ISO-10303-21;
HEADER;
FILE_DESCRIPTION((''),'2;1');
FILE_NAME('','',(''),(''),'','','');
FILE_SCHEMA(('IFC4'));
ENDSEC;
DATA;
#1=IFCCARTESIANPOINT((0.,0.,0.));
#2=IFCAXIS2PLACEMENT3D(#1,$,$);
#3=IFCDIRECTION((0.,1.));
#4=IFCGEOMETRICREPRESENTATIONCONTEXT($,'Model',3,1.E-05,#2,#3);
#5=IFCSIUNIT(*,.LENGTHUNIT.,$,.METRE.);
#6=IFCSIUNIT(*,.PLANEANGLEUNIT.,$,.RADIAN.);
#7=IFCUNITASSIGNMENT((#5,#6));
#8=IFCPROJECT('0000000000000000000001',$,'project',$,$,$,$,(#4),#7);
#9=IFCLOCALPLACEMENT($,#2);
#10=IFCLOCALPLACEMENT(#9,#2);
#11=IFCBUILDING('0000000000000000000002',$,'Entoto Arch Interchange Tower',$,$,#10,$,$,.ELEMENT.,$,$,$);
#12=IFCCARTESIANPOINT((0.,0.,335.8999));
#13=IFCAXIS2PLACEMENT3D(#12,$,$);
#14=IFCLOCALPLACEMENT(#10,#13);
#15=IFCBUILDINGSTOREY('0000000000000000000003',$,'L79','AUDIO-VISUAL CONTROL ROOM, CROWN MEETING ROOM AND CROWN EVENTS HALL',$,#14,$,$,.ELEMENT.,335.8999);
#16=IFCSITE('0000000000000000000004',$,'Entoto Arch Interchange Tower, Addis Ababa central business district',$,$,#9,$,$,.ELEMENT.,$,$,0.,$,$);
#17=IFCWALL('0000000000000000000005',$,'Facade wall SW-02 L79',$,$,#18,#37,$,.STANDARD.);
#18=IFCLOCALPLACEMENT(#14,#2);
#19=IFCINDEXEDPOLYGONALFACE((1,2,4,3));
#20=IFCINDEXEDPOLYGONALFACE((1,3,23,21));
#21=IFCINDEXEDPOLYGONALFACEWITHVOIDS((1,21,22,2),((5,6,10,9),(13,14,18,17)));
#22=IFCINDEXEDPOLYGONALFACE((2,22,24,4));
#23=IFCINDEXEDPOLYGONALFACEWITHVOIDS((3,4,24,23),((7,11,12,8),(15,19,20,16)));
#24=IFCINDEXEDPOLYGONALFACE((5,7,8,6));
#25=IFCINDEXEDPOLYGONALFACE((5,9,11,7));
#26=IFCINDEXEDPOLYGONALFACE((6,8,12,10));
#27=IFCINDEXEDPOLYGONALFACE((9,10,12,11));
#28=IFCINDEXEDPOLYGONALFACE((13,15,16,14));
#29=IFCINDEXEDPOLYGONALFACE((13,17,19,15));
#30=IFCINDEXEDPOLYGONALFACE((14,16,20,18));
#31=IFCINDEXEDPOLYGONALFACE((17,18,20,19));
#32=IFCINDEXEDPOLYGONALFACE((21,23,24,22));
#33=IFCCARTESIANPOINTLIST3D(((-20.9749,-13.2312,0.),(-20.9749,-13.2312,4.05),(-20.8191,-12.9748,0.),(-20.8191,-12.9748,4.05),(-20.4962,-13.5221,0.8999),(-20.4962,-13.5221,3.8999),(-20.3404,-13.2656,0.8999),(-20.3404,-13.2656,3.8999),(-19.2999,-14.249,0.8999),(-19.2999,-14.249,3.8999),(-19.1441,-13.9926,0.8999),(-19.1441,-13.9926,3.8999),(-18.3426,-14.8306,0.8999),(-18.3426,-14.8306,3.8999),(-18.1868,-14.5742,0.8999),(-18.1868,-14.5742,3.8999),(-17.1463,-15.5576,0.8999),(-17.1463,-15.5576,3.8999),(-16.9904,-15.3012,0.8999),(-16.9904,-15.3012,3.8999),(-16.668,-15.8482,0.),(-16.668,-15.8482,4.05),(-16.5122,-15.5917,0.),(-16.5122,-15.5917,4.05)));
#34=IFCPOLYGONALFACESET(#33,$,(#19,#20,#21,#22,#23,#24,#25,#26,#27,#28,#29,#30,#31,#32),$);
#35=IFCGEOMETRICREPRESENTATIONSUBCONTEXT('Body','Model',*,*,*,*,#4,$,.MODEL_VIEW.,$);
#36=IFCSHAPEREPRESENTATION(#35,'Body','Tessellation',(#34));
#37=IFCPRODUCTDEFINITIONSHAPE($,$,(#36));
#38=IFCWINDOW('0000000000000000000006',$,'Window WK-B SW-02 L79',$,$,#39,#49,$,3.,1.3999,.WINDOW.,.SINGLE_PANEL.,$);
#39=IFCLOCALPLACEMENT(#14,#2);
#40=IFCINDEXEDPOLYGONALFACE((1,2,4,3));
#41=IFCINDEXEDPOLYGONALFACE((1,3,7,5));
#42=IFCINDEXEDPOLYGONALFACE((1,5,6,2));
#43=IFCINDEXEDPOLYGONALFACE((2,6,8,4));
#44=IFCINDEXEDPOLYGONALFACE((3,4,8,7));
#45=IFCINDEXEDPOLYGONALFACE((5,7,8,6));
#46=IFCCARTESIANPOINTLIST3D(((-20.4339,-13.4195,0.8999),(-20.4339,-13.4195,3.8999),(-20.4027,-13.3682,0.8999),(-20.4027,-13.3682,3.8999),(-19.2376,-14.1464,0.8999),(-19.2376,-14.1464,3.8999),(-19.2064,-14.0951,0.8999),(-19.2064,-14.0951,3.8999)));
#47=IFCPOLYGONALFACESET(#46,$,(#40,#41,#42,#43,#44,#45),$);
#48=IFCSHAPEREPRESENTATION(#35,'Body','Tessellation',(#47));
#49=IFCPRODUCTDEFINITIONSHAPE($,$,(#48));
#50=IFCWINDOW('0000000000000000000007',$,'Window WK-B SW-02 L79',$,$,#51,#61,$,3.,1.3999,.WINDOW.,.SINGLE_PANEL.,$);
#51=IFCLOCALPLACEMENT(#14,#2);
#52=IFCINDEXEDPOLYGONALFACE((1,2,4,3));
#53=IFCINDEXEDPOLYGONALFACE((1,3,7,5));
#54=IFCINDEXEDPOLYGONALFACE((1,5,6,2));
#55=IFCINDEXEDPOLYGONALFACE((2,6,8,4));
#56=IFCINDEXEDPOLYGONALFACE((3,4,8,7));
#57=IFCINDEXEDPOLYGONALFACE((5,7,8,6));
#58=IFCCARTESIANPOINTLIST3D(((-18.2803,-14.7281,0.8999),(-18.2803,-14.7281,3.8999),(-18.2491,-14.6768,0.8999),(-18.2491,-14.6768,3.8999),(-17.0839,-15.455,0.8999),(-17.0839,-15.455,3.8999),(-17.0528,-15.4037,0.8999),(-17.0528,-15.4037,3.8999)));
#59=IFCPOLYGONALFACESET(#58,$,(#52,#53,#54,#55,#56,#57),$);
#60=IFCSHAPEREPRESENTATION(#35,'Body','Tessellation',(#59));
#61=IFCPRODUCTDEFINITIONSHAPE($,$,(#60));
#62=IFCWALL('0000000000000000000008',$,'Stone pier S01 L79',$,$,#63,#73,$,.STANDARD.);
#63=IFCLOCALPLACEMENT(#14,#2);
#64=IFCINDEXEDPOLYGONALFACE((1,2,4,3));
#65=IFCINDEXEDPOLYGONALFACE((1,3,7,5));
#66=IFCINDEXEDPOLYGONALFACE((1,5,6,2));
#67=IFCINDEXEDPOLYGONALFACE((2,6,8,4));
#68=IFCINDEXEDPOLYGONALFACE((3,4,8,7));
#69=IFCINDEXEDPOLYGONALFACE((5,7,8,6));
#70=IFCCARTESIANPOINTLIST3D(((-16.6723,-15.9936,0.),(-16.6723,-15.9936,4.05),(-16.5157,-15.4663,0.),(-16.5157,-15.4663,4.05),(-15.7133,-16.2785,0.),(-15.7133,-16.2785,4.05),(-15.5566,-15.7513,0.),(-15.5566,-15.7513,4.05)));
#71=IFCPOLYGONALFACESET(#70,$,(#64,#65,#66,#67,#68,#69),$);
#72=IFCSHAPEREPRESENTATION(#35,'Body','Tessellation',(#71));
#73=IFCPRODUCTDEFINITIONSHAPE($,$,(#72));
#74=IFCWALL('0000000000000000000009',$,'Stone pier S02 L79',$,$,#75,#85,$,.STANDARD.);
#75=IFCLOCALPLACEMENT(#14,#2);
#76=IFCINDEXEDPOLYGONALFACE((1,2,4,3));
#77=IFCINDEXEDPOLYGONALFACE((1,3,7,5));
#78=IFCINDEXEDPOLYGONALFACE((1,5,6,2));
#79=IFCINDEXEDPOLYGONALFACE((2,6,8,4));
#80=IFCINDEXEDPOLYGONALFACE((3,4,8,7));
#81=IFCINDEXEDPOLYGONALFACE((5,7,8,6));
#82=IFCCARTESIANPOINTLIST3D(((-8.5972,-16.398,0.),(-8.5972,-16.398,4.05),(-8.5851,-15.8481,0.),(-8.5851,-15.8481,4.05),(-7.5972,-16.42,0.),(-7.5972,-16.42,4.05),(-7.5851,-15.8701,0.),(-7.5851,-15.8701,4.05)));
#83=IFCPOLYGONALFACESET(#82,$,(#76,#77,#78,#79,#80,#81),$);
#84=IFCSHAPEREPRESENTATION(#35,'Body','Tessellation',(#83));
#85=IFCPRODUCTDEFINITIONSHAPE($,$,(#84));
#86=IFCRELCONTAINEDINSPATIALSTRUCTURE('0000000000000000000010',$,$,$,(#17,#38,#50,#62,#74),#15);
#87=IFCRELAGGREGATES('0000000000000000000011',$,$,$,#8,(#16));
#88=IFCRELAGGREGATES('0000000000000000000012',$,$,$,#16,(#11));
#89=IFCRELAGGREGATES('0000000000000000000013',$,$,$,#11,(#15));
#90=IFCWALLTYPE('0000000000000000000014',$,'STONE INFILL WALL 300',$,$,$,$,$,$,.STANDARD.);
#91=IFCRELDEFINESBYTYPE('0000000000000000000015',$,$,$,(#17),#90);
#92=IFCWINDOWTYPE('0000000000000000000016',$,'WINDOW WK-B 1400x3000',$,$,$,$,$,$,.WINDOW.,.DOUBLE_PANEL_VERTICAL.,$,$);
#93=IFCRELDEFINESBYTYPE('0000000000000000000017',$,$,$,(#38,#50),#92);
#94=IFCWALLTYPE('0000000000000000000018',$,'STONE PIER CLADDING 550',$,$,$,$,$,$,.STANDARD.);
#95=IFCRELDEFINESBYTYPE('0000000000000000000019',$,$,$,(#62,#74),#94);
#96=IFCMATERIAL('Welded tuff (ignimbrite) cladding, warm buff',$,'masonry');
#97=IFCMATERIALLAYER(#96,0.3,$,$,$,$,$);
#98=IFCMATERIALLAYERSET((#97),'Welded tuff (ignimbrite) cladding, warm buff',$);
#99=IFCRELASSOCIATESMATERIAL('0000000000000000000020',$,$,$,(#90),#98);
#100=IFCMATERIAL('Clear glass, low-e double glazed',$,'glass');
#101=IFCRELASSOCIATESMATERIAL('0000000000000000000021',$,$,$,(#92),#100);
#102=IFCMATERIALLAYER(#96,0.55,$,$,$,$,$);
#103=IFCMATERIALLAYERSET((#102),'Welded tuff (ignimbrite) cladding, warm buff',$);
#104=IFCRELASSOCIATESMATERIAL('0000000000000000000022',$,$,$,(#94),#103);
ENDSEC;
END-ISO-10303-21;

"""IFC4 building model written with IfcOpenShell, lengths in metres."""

from ifc_helpers import new_model, si_unit, direction, frame, frame_2d, origin, place, context, subcontext, project, spatial, rectangle, extrude, material, layer, layer_set, type_object, element, fill, save


model = new_model("IFC4")

# Units and contexts
model_context = context("Model", 3, precision=1e-05, world=origin(), true_north=direction((0.0, 1.0)))
body_context = subcontext(model_context, "Body", "Model", "MODEL_VIEW")
ifc_project = project(units=[si_unit("LENGTHUNIT", "METRE"), si_unit("PLANEANGLEUNIT", "RADIAN")], contexts=[model_context])

# Site, building, storey
site_placement = place(None, origin())
site = spatial("IfcSite", under=ifc_project, at=site_placement, Name="Entoto Arch Interchange Tower, Addis Ababa central business district", CompositionType="ELEMENT", RefElevation=0.0)
building_placement = place(site_placement, origin())
building = spatial("IfcBuilding", under=site, at=building_placement, Name="Entoto Arch Interchange Tower", CompositionType="ELEMENT")
storey_placement = place(building_placement, frame((0.0, 0.0, 335.8999)))
storey = spatial("IfcBuildingStorey", under=building, at=storey_placement, Name="L79", Description="AUDIO-VISUAL CONTROL ROOM, CROWN MEETING ROOM AND CROWN EVENTS HALL", CompositionType="ELEMENT", Elevation=335.8999)

# Shared definitions
ifc_material_1 = material(Name="Welded tuff (ignimbrite) cladding, warm buff", Category="masonry")
ifc_layer_1 = layer(ifc_material_1, 0.3)
ifc_layer_set_1 = layer_set([ifc_layer_1], Name="Welded tuff (ignimbrite) cladding, warm buff")
wall_type_1 = type_object("IfcWallType", Name="STONE INFILL WALL 300", PredefinedType="STANDARD", material=ifc_layer_set_1)
ifc_material_2 = material(Name="Clear glass, low-e double glazed", Category="glass")

# Shared definitions
window_type_1 = type_object("IfcWindowType", Name="WINDOW WK-B 1400x3000", PartitioningType="DOUBLE_PANEL_VERTICAL", PredefinedType="WINDOW", material=ifc_material_2)

# Wall, openings, windows
wall_1_placement = place(storey_placement, frame((-20.897, -13.103, 0.0), z_axis=(0.0, 0.0, 1.0), x_axis=(0.854607, -0.519275, 0.0)))
wall_1 = element("IfcWall", 1, at=wall_1_placement, inside=storey, type_object=wall_type_1, Name="Facade wall SW-02 L79", PredefinedType="STANDARD", context=body_context, shape_type="SweptSolid", body=[
    extrude(rectangle(XDim=5.0396, YDim=0.3, at=frame_2d((2.5198, 0.0))), origin(), (0.0, 0.0, 1.0), 4.05),
])
opening_1_placement = place(wall_1_placement, frame((0.5601, 0.0, 0.8999)))
opening_1 = element("IfcOpeningElement", 2, at=opening_1_placement, cuts=wall_1, PredefinedType="OPENING", context=body_context, shape_type="SweptSolid", body=[
    extrude(rectangle(XDim=1.3999, YDim=3.0, at=frame_2d((0.7, 1.5))), frame((0.0, 0.1602, 0.0), z_axis=(0.0, -1.0, 0.0), x_axis=(1.0, 0.0, 0.0)), (0.0, 0.0, 1.0), 0.3201),
])
opening_2_placement = place(wall_1_placement, frame((3.0801, 0.0, 0.8999)))
opening_2 = element("IfcOpeningElement", 3, at=opening_2_placement, cuts=wall_1, PredefinedType="OPENING", context=body_context, shape_type="SweptSolid", body=[
    extrude(rectangle(XDim=1.3999, YDim=3.0, at=frame_2d((0.7, 1.5))), frame((0.0, 0.1602, 0.0), z_axis=(0.0, -1.0, 0.0), x_axis=(1.0, 0.0, 0.0)), (0.0, 0.0, 1.0), 0.3201),
])
window_1_placement = place(opening_1_placement, origin())
window_1 = element("IfcWindow", 4, at=window_1_placement, inside=storey, type_object=window_type_1, Name="Window WK-B SW-02 L79", OverallHeight=3.0, OverallWidth=1.3999, PartitioningType="SINGLE_PANEL", PredefinedType="WINDOW", context=body_context, shape_type="SweptSolid", body=[
    extrude(rectangle(XDim=1.3999, YDim=3.0, at=frame_2d((0.7, 1.5))), frame((0.0, 0.03, 0.0), z_axis=(0.0, -1.0, 0.0), x_axis=(1.0, 0.0, 0.0)), (0.0, 0.0, 1.0), 0.0601),
])
fill(opening_1, window_1)
window_2_placement = place(opening_2_placement, origin())
window_2 = element("IfcWindow", 5, at=window_2_placement, inside=storey, type_object=window_type_1, Name="Window WK-B SW-02 L79", OverallHeight=3.0, OverallWidth=1.3999, PartitioningType="SINGLE_PANEL", PredefinedType="WINDOW", context=body_context, shape_type="SweptSolid", body=[
    extrude(rectangle(XDim=1.3999, YDim=3.0, at=frame_2d((0.7, 1.5))), frame((0.0, 0.03, 0.0), z_axis=(0.0, -1.0, 0.0), x_axis=(1.0, 0.0, 0.0)), (0.0, 0.0, 1.0), 0.0601),
])
fill(opening_2, window_2)

# Walls
ifc_layer_2 = layer(ifc_material_1, 0.55)
ifc_layer_set_2 = layer_set([ifc_layer_2], Name="Welded tuff (ignimbrite) cladding, warm buff")
wall_type_2 = type_object("IfcWallType", Name="STONE PIER CLADDING 550", PredefinedType="STANDARD", material=ifc_layer_set_2)
wall_2_placement = place(storey_placement, frame((-16.594, -15.73, 0.0), z_axis=(0.0, 0.0, 1.0), x_axis=(0.958589, -0.284795, 0.0)))
element("IfcWall", 6, at=wall_2_placement, inside=storey, type_object=wall_type_2, Name="Stone pier S01 L79", PredefinedType="STANDARD", context=body_context, shape_type="SweptSolid", body=[
    extrude(rectangle(XDim=1.0005, YDim=0.55, at=frame_2d((0.5002, 0.0))), origin(), (0.0, 0.0, 1.0), 4.05),
])
wall_3_placement = place(storey_placement, frame((-8.5911, -16.123, 0.0), z_axis=(0.0, 0.0, 1.0), x_axis=(0.999759, -0.021967, 0.0)))
element("IfcWall", 7, at=wall_3_placement, inside=storey, type_object=wall_type_2, Name="Stone pier S02 L79", PredefinedType="STANDARD", context=body_context, shape_type="SweptSolid", body=[
    extrude(rectangle(XDim=1.0002, YDim=0.55, at=frame_2d((0.5, 0.0))), origin(), (0.0, 0.0, 1.0), 4.05),
])

save(model, "model.ifc")
